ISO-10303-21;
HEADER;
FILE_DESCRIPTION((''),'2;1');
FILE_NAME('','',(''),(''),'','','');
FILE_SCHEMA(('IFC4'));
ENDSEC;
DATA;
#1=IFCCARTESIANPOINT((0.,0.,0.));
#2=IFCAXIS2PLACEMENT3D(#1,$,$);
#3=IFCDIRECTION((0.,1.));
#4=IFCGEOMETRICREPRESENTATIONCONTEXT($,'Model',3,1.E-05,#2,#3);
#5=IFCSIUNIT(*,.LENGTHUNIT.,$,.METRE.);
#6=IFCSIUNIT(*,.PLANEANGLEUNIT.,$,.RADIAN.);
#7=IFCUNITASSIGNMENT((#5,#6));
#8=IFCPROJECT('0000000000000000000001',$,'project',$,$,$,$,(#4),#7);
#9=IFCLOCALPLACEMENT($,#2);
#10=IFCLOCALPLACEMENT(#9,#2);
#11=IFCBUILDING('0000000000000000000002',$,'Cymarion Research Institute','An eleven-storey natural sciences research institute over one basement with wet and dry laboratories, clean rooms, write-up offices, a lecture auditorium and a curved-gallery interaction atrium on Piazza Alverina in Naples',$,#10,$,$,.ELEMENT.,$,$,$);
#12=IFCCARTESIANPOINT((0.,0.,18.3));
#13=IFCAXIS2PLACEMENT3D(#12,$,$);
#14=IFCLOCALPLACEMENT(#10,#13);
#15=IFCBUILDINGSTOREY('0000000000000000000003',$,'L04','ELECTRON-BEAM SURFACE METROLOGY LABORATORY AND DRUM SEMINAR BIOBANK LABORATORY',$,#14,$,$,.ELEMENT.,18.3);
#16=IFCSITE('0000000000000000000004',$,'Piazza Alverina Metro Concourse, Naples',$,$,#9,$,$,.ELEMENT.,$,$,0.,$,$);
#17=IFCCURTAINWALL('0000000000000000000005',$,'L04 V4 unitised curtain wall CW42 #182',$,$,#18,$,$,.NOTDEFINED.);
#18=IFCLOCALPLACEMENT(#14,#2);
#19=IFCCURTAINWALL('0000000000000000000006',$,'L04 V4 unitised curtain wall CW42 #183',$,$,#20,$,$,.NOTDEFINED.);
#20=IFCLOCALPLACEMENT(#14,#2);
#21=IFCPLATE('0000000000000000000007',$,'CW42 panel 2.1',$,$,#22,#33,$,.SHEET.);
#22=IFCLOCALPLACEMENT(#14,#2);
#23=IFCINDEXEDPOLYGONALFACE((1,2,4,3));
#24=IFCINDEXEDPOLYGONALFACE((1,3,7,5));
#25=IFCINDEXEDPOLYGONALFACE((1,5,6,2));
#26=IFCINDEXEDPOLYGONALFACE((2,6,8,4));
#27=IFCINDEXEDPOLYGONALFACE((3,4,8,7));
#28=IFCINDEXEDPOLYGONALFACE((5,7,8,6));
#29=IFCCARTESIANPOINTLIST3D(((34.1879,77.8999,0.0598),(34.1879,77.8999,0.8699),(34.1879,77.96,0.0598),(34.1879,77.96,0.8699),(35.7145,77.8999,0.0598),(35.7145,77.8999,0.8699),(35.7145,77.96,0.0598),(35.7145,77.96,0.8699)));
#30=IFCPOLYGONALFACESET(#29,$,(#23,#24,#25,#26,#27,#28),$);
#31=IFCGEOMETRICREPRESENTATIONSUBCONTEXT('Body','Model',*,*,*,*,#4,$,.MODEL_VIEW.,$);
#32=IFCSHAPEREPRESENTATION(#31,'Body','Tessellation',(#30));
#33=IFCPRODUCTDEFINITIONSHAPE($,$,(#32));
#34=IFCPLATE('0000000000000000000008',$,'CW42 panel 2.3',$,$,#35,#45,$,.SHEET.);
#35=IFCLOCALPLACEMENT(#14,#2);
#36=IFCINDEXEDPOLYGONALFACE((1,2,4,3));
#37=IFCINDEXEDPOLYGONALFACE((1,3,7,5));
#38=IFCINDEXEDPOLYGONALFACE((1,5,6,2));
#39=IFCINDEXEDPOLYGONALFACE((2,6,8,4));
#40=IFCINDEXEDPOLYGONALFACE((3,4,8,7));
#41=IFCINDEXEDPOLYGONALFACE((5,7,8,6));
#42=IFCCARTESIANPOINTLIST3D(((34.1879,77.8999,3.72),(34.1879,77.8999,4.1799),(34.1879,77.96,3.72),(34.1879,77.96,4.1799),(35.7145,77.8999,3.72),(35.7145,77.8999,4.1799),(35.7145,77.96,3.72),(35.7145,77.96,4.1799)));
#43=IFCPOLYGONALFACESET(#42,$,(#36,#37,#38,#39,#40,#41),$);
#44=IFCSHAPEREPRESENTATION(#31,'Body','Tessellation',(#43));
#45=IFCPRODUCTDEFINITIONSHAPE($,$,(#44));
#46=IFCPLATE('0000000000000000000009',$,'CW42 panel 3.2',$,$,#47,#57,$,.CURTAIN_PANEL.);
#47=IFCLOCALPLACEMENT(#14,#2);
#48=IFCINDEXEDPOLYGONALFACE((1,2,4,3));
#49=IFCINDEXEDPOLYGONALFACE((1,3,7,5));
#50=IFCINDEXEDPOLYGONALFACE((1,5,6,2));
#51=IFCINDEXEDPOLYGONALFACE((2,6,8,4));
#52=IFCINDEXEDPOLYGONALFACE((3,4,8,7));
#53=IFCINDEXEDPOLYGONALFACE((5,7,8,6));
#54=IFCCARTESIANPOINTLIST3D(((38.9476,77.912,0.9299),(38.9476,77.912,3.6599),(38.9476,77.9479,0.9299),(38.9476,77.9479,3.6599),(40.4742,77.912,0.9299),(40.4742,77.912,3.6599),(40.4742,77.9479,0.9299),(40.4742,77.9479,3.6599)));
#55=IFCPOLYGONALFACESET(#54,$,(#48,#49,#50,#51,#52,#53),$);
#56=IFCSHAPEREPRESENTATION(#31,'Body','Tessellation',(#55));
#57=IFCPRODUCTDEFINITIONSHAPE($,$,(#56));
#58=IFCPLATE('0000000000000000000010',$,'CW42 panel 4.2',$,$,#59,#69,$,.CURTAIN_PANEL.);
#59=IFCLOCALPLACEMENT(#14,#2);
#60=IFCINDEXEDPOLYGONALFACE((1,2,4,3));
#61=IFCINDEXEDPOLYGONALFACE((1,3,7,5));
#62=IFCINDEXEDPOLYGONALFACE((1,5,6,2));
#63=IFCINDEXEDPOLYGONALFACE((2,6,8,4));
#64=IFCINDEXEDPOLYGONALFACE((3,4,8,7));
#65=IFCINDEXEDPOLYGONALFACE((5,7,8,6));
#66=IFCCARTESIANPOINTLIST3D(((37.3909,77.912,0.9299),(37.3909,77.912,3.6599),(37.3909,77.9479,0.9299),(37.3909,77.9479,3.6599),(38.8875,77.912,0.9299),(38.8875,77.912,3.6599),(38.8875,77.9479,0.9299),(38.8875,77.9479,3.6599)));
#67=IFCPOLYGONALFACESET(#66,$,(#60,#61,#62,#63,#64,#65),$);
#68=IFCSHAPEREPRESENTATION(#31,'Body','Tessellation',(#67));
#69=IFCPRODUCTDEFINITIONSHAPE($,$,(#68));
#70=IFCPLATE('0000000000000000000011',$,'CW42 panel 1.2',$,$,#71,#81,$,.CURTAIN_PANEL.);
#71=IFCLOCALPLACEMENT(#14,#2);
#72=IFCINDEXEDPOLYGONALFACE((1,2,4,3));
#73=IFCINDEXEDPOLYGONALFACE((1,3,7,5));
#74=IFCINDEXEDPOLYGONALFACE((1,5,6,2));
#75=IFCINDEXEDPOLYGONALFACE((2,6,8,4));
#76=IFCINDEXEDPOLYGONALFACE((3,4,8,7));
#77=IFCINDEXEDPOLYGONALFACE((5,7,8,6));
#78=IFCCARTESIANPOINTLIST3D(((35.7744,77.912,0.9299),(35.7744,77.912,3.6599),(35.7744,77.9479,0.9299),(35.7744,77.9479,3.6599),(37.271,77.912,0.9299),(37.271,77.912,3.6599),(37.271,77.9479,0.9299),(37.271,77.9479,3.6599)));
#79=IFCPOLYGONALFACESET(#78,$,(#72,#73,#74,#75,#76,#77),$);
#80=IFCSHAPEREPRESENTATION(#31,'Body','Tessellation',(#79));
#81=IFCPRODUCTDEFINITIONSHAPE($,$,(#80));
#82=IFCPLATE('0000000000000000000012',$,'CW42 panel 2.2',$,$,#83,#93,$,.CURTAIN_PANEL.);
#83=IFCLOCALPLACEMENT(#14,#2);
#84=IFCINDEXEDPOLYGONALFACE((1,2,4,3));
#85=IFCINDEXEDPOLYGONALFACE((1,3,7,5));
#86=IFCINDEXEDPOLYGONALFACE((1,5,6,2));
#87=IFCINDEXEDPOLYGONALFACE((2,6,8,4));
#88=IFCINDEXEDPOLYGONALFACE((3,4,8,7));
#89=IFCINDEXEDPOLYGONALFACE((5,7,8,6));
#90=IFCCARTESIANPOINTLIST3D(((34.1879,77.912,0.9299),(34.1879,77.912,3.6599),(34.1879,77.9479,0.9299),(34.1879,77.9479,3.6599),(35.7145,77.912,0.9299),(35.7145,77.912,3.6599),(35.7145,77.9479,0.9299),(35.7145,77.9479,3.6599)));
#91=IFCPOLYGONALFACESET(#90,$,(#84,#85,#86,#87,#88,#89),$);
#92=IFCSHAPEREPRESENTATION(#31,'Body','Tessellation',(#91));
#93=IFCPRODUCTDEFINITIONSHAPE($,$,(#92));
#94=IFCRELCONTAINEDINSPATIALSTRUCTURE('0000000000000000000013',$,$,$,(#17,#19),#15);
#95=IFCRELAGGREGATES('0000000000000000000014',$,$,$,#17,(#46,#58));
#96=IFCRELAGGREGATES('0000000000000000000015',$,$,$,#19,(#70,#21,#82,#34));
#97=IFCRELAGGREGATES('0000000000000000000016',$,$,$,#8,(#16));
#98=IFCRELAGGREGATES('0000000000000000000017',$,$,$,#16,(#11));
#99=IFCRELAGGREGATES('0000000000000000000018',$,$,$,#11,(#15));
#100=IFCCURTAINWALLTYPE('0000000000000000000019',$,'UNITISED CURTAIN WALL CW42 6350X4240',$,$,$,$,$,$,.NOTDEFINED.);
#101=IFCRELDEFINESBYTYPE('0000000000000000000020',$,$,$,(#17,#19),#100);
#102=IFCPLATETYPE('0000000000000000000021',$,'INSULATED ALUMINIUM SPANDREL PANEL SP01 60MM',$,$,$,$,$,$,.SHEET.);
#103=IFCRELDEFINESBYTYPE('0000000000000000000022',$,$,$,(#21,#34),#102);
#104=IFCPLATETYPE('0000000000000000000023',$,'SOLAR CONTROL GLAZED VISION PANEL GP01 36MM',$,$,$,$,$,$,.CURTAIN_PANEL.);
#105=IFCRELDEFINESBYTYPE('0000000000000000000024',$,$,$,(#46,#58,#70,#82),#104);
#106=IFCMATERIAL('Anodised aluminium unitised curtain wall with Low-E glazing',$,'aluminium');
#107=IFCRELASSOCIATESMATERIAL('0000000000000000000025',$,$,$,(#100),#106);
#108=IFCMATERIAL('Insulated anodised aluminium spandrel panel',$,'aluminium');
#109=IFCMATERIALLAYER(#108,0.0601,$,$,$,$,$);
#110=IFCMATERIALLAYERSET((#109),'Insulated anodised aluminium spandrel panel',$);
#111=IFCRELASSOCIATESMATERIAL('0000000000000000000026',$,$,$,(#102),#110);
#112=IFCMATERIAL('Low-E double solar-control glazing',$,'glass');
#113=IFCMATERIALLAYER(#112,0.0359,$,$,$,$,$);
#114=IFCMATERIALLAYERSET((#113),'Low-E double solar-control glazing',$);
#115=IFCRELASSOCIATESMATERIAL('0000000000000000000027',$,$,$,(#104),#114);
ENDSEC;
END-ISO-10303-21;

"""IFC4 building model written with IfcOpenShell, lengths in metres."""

from ifc_helpers import new_model, si_unit, direction, frame, origin, origin_2d, place, context, subcontext, project, spatial, rectangle, extrude, material, layer, layer_set, type_object, element, aggregate, save


model = new_model("IFC4")

# Units and contexts
model_context = context("Model", 3, precision=1e-05, world=origin(), true_north=direction((0.0, 1.0)))
body_context = subcontext(model_context, "Body", "Model", "MODEL_VIEW")
ifc_project = project(units=[si_unit("LENGTHUNIT", "METRE"), si_unit("PLANEANGLEUNIT", "RADIAN")], contexts=[model_context])

# Site, building, storey
site_placement = place(None, origin())
site = spatial("IfcSite", under=ifc_project, at=site_placement, Name="Piazza Alverina Metro Concourse, Naples", CompositionType="ELEMENT", RefElevation=0.0)
building_placement = place(site_placement, origin())
building = spatial("IfcBuilding", under=site, at=building_placement, Name="Cymarion Research Institute", Description="An eleven-storey natural sciences research institute over one basement with wet and dry laboratories, clean rooms, write-up offices, a lecture auditorium and a curved-gallery interaction atrium on Piazza Alverina in Naples", CompositionType="ELEMENT")
storey_placement = place(building_placement, frame((0.0, 0.0, 18.3)))
storey = spatial("IfcBuildingStorey", under=building, at=storey_placement, Name="L04", Description="ELECTRON-BEAM SURFACE METROLOGY LABORATORY AND DRUM SEMINAR BIOBANK LABORATORY", CompositionType="ELEMENT", Elevation=18.3)

# Curtain walls
ifc_material_1 = material(Name="Anodised aluminium unitised curtain wall with Low-E glazing", Category="aluminium")
curtain_wall_type = type_object("IfcCurtainWallType", Name="UNITISED CURTAIN WALL CW42 6350X4240", PredefinedType="NOTDEFINED", material=ifc_material_1)
curtain_wall_1_placement = place(storey_placement, origin())
curtain_wall_1 = element("IfcCurtainWall", 1, at=curtain_wall_1_placement, inside=storey, type_object=curtain_wall_type, Name="L04 V4 unitised curtain wall CW42 #182", PredefinedType="NOTDEFINED")
curtain_wall_2_placement = place(storey_placement, origin())
curtain_wall_2 = element("IfcCurtainWall", 2, at=curtain_wall_2_placement, inside=storey, type_object=curtain_wall_type, Name="L04 V4 unitised curtain wall CW42 #183", PredefinedType="NOTDEFINED")

# Plates
ifc_material_2 = material(Name="Insulated anodised aluminium spandrel panel", Category="aluminium")
ifc_layer_1 = layer(ifc_material_2, 0.0601)
ifc_layer_set_1 = layer_set([ifc_layer_1], Name="Insulated anodised aluminium spandrel panel")
plate_type_1 = type_object("IfcPlateType", Name="INSULATED ALUMINIUM SPANDREL PANEL SP01 60MM", PredefinedType="SHEET", material=ifc_layer_set_1)
plate_1_placement = place(storey_placement, frame((34.9512, 77.9299, 0.0598), z_axis=(0.0, 0.0, 1.0), x_axis=(-1.0, 0.0, 0.0)))
plate_1 = element("IfcPlate", 3, at=plate_1_placement, type_object=plate_type_1, Name="CW42 panel 2.1", PredefinedType="SHEET", context=body_context, shape_type="SweptSolid", body=[
    extrude(rectangle(XDim=1.5266, YDim=0.0601, at=origin_2d()), origin(), (0.0, 0.0, 1.0), 0.8101),
])
plate_2_placement = place(storey_placement, frame((34.9512, 77.9299, 3.72), z_axis=(0.0, 0.0, 1.0), x_axis=(-1.0, 0.0, 0.0)))
plate_2 = element("IfcPlate", 4, at=plate_2_placement, type_object=plate_type_1, Name="CW42 panel 2.3", PredefinedType="SHEET", context=body_context, shape_type="SweptSolid", body=[
    extrude(rectangle(XDim=1.5266, YDim=0.0601, at=origin_2d()), origin(), (0.0, 0.0, 1.0), 0.46),
])
ifc_material_3 = material(Name="Low-E double solar-control glazing", Category="glass")
ifc_layer_2 = layer(ifc_material_3, 0.0359)
ifc_layer_set_2 = layer_set([ifc_layer_2], Name="Low-E double solar-control glazing")
plate_type_2 = type_object("IfcPlateType", Name="SOLAR CONTROL GLAZED VISION PANEL GP01 36MM", PredefinedType="CURTAIN_PANEL", material=ifc_layer_set_2)
plate_3_placement = place(storey_placement, frame((39.7109, 77.9299, 0.9299), z_axis=(0.0, 0.0, 1.0), x_axis=(-1.0, 0.0, 0.0)))
plate_3 = element("IfcPlate", 5, at=plate_3_placement, type_object=plate_type_2, Name="CW42 panel 3.2", PredefinedType="CURTAIN_PANEL", context=body_context, shape_type="SweptSolid", body=[
    extrude(rectangle(XDim=1.5266, YDim=0.0359, at=origin_2d()), origin(), (0.0, 0.0, 1.0), 2.73),
])
plate_4_placement = place(storey_placement, frame((38.1392, 77.9299, 0.9299), z_axis=(0.0, 0.0, 1.0), x_axis=(-1.0, 0.0, 0.0)))
plate_4 = element("IfcPlate", 6, at=plate_4_placement, type_object=plate_type_2, Name="CW42 panel 4.2", PredefinedType="CURTAIN_PANEL", context=body_context, shape_type="SweptSolid", body=[
    extrude(rectangle(XDim=1.4966, YDim=0.0359, at=origin_2d()), origin(), (0.0, 0.0, 1.0), 2.73),
])
aggregate(curtain_wall_1, [plate_3, plate_4])
plate_5_placement = place(storey_placement, frame((36.5227, 77.9299, 0.9299), z_axis=(0.0, 0.0, 1.0), x_axis=(-1.0, 0.0, 0.0)))
plate_5 = element("IfcPlate", 7, at=plate_5_placement, type_object=plate_type_2, Name="CW42 panel 1.2", PredefinedType="CURTAIN_PANEL", context=body_context, shape_type="SweptSolid", body=[
    extrude(rectangle(XDim=1.4966, YDim=0.0359, at=origin_2d()), origin(), (0.0, 0.0, 1.0), 2.73),
])
plate_6_placement = place(storey_placement, frame((34.9512, 77.9299, 0.9299), z_axis=(0.0, 0.0, 1.0), x_axis=(-1.0, 0.0, 0.0)))
plate_6 = element("IfcPlate", 8, at=plate_6_placement, type_object=plate_type_2, Name="CW42 panel 2.2", PredefinedType="CURTAIN_PANEL", context=body_context, shape_type="SweptSolid", body=[
    extrude(rectangle(XDim=1.5266, YDim=0.0359, at=origin_2d()), origin(), (0.0, 0.0, 1.0), 2.73),
])
aggregate(curtain_wall_2, [plate_5, plate_1, plate_6, plate_2])

save(model, "model.ifc")
